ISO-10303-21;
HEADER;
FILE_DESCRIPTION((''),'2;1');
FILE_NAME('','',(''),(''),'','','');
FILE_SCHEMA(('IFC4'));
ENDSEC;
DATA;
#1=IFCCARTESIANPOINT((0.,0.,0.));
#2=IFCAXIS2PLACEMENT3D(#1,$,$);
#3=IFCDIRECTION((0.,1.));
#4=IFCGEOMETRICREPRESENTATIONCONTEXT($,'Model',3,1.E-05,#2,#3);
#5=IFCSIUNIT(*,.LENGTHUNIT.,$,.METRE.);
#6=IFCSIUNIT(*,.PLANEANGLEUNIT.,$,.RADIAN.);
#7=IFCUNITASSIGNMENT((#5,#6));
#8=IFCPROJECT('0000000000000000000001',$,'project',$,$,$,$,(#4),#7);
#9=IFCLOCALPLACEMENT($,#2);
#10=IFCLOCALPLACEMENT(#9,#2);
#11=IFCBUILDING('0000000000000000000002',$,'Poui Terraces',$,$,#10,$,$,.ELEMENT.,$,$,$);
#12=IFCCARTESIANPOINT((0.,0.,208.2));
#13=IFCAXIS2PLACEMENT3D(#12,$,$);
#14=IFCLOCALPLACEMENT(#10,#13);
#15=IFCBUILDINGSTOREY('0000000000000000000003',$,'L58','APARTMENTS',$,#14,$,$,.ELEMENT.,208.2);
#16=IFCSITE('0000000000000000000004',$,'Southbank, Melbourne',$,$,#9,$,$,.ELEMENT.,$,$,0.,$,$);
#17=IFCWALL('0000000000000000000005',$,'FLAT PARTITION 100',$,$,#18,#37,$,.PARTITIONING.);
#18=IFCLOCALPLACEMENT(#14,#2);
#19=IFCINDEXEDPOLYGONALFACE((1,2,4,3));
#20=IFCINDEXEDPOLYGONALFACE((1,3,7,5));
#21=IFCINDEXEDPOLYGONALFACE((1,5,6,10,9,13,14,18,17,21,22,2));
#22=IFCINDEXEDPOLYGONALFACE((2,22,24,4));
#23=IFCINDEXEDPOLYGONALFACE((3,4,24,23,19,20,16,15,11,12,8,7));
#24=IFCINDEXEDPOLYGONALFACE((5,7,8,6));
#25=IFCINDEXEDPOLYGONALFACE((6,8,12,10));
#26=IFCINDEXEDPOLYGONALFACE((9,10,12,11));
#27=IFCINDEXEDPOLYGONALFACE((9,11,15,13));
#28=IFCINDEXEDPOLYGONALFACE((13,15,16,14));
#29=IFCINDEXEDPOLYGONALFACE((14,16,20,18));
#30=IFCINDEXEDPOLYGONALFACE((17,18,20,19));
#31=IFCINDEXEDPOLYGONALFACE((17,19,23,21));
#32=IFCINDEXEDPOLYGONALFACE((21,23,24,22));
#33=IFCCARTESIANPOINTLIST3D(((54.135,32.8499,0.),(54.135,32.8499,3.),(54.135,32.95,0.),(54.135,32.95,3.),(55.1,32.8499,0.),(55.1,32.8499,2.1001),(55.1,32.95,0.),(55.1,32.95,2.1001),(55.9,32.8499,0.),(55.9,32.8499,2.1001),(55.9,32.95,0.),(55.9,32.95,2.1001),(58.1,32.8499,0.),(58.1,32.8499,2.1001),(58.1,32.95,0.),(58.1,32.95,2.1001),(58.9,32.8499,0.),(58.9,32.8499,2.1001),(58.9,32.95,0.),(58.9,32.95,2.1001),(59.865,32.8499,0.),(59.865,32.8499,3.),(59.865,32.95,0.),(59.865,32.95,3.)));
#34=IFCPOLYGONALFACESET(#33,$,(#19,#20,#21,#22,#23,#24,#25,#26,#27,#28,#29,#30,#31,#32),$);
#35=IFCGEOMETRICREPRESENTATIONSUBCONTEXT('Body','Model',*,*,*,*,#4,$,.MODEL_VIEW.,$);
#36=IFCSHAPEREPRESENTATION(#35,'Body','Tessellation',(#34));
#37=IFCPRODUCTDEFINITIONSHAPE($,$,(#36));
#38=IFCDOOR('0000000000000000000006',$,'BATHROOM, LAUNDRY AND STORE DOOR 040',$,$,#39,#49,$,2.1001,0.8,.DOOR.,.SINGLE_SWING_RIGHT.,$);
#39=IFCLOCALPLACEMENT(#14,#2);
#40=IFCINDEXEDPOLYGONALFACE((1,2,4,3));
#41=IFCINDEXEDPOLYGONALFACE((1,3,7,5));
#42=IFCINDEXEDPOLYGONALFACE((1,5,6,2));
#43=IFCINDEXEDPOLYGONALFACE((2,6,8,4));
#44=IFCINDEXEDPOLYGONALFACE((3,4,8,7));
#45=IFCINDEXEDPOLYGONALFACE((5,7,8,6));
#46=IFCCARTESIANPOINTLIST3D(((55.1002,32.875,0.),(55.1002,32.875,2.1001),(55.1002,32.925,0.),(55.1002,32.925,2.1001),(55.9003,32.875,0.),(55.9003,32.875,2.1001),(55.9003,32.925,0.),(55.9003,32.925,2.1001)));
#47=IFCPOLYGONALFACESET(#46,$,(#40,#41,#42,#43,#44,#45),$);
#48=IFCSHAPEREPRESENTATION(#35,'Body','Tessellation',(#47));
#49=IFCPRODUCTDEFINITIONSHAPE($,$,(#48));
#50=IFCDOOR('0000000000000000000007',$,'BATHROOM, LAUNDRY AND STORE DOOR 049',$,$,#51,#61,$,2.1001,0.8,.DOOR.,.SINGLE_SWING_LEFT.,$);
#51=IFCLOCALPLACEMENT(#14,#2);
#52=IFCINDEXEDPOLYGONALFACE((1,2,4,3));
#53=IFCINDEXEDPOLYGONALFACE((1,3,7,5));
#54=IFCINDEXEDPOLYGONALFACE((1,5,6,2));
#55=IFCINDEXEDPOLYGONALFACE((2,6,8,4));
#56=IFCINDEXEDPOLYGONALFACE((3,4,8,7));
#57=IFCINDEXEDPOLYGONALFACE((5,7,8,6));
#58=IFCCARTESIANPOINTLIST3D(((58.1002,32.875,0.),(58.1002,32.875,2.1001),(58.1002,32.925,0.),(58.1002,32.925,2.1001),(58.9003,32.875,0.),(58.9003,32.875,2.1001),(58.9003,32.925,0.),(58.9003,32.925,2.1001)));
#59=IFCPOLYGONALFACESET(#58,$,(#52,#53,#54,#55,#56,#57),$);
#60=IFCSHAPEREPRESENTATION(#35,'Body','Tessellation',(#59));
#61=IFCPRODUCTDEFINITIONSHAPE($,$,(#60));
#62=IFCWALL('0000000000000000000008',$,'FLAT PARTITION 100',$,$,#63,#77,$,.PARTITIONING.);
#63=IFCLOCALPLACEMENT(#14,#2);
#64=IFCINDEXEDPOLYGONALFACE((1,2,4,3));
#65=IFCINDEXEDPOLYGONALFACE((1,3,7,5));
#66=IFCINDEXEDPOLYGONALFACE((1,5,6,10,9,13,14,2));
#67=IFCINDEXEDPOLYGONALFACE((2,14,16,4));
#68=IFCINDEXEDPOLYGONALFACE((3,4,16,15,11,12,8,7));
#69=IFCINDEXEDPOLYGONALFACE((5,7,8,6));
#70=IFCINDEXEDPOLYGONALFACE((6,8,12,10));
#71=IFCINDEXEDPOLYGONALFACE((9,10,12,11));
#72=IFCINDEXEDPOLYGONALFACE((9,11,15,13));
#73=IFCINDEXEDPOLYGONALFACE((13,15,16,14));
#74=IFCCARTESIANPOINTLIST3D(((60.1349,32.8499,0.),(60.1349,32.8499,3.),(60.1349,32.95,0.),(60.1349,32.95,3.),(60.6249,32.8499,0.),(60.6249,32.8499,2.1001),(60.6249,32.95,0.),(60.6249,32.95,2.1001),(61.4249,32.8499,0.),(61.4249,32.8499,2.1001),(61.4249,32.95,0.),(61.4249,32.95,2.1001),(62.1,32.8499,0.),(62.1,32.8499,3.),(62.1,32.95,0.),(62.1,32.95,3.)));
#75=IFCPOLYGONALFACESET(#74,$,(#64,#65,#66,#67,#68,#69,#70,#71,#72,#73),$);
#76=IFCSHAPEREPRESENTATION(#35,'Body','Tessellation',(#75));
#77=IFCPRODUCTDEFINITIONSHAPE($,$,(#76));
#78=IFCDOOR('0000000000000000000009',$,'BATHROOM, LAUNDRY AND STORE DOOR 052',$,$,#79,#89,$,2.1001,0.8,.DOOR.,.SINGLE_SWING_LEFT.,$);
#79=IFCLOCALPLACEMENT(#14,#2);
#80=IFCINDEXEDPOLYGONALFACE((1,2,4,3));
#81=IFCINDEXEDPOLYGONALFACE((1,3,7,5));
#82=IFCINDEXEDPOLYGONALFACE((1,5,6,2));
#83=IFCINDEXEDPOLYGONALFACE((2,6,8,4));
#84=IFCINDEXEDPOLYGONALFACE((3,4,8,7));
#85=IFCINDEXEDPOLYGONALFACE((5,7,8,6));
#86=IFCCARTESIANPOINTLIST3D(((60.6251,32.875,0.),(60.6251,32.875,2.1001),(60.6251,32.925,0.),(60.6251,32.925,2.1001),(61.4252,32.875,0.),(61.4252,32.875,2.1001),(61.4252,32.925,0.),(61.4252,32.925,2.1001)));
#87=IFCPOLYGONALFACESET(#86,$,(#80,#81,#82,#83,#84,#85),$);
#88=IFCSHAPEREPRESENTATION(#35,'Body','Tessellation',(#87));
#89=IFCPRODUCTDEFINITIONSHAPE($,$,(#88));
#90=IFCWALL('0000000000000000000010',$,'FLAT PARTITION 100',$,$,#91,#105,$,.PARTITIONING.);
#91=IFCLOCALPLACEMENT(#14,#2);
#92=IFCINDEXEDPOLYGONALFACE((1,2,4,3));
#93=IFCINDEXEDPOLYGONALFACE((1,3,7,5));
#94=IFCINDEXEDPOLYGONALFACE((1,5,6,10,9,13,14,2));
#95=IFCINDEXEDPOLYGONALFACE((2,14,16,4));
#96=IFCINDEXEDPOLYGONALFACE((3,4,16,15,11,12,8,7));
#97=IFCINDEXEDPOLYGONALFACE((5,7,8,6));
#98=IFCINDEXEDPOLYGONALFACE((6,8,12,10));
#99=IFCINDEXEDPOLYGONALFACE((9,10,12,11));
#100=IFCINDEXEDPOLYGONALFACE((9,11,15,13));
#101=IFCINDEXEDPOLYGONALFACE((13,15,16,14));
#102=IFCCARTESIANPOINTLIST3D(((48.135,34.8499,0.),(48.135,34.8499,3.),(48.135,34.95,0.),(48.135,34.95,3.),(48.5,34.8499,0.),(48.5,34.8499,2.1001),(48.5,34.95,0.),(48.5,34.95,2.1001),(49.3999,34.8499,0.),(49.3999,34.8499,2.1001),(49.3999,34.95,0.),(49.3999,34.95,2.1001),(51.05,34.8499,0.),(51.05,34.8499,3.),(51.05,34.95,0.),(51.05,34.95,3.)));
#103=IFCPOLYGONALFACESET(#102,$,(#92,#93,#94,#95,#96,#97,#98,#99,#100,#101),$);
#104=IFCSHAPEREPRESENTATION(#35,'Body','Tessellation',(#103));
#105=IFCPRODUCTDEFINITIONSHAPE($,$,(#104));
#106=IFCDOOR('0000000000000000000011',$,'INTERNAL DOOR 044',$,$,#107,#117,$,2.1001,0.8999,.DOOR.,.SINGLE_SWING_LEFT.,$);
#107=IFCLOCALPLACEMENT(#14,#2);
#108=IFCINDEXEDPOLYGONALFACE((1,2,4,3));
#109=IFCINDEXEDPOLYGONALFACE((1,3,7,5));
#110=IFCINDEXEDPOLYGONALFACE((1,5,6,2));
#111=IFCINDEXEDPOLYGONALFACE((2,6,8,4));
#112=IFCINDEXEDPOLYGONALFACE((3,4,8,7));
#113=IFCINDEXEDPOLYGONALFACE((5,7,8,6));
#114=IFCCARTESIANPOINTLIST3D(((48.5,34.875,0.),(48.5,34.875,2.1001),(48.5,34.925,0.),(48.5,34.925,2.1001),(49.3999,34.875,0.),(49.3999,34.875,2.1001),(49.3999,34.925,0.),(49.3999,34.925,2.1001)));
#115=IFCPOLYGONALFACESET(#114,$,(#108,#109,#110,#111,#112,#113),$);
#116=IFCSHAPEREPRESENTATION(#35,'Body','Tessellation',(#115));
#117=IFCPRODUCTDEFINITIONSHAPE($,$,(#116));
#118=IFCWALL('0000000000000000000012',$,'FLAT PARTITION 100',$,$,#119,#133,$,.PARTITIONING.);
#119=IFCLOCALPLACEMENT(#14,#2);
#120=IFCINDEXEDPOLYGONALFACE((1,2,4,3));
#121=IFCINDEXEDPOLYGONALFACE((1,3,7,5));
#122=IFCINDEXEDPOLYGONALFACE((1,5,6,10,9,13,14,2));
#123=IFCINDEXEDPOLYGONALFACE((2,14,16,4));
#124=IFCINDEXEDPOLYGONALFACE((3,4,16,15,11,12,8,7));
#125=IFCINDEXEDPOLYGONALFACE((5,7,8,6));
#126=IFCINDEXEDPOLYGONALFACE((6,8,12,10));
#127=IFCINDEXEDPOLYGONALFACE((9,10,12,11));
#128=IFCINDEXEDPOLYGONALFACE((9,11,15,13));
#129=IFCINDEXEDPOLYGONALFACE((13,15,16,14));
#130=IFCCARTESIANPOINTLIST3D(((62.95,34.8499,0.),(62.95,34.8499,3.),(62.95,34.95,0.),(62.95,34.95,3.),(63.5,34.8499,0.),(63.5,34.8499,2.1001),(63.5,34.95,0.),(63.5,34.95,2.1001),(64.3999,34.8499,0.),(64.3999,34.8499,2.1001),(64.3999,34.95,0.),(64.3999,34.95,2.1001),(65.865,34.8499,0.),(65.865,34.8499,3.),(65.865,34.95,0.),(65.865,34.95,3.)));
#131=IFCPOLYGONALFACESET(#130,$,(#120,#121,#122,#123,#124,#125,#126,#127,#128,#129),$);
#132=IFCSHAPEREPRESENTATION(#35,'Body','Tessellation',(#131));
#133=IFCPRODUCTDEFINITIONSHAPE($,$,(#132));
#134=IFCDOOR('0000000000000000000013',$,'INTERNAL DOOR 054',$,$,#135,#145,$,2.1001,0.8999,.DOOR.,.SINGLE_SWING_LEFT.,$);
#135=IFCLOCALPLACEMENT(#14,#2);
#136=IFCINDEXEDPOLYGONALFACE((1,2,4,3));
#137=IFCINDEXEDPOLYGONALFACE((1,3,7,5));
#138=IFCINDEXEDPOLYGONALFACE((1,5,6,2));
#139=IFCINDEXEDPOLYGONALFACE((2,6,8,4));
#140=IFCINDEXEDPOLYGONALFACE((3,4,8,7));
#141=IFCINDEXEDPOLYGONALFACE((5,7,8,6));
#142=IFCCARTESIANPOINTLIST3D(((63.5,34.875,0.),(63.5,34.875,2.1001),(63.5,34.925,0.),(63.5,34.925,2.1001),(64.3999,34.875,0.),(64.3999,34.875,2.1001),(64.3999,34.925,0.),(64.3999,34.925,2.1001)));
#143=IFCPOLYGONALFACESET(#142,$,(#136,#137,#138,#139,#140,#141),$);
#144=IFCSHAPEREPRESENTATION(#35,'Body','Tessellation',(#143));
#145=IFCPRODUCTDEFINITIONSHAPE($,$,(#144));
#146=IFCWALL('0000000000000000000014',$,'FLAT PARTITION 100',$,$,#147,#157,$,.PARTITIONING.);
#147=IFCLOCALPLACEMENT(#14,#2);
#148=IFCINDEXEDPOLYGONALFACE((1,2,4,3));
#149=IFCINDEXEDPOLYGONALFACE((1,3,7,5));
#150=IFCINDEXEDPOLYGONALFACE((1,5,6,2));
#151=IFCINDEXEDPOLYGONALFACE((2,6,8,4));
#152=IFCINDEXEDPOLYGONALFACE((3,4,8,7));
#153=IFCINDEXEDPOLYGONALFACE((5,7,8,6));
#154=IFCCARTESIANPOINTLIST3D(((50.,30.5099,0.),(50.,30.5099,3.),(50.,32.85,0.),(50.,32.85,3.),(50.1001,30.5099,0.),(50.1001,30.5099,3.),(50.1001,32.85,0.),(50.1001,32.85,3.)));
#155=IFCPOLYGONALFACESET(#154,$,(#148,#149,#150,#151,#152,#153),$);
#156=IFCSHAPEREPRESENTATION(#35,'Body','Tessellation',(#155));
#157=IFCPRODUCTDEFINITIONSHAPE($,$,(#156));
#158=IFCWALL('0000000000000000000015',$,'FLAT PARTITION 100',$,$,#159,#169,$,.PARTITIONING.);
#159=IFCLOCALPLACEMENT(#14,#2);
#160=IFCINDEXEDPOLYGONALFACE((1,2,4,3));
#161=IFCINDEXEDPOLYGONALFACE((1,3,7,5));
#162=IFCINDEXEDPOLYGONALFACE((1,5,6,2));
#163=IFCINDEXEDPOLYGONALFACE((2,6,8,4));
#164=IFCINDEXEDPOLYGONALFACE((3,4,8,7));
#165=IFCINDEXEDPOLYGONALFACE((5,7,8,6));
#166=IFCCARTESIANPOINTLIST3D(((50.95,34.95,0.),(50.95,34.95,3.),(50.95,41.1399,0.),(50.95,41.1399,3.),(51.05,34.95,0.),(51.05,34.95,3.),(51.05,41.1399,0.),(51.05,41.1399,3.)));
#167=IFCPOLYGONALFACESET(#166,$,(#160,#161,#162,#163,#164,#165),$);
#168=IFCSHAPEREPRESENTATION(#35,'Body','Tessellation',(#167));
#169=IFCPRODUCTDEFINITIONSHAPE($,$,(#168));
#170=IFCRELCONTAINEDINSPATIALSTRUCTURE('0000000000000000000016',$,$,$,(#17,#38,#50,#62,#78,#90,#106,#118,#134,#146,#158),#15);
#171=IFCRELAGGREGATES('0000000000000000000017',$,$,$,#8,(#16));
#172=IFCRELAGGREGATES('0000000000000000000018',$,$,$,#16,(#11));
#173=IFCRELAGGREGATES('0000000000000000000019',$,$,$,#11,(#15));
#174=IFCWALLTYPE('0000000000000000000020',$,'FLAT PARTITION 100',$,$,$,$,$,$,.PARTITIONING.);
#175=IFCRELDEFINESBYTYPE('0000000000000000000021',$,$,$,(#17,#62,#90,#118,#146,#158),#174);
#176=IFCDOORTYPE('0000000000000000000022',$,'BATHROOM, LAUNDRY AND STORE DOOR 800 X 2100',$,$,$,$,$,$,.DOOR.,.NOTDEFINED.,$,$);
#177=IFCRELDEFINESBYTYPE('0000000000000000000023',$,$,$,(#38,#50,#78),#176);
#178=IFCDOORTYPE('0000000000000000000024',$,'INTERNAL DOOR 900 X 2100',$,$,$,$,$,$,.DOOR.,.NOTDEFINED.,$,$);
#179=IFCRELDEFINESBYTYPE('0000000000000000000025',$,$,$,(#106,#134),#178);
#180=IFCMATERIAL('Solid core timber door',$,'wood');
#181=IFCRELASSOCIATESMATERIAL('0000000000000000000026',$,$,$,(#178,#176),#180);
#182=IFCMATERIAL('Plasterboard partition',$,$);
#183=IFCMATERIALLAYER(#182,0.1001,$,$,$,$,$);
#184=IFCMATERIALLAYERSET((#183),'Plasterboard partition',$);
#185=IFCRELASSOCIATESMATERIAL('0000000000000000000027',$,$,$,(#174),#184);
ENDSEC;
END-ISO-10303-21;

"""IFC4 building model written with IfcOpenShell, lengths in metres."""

from ifc_helpers import new_model, si_unit, direction, frame, frame_2d, origin, place, context, subcontext, project, spatial, rectangle, extrude, material, layer, layer_set, type_object, element, fill, save


model = new_model("IFC4")

# Units and contexts
model_context = context("Model", 3, precision=1e-05, world=origin(), true_north=direction((0.0, 1.0)))
body_context = subcontext(model_context, "Body", "Model", "MODEL_VIEW")
ifc_project = project(units=[si_unit("LENGTHUNIT", "METRE"), si_unit("PLANEANGLEUNIT", "RADIAN")], contexts=[model_context])

# Site, building, storey
site_placement = place(None, origin())
site = spatial("IfcSite", under=ifc_project, at=site_placement, Name="Southbank, Melbourne", CompositionType="ELEMENT", RefElevation=0.0)
building_placement = place(site_placement, origin())
building = spatial("IfcBuilding", under=site, at=building_placement, Name="Poui Terraces", CompositionType="ELEMENT")
storey_placement = place(building_placement, frame((0.0, 0.0, 208.2)))
storey = spatial("IfcBuildingStorey", under=building, at=storey_placement, Name="L58", Description="APARTMENTS", CompositionType="ELEMENT", Elevation=208.2)

# Shared definitions
ifc_material_1 = material(Name="Solid core timber door", Category="wood")
door_type_1 = type_object("IfcDoorType", Name="INTERNAL DOOR 900 X 2100", OperationType="NOTDEFINED", PredefinedType="DOOR", material=ifc_material_1)
ifc_material_2 = material(Name="Plasterboard partition")
ifc_layer_1 = layer(ifc_material_2, 0.1001)
ifc_layer_set_1 = layer_set([ifc_layer_1], Name="Plasterboard partition")
wall_type_1 = type_object("IfcWallType", Name="FLAT PARTITION 100", PredefinedType="PARTITIONING", material=ifc_layer_set_1)
door_type_2 = type_object("IfcDoorType", Name="BATHROOM, LAUNDRY AND STORE DOOR 800 X 2100", OperationType="NOTDEFINED", PredefinedType="DOOR", material=ifc_material_1)

# Wall, openings, doors
wall_1_placement = place(storey_placement, frame((54.135, 32.8999, 0.0), z_axis=(0.0, 0.0, 1.0), x_axis=(1.0, 0.0, 0.0)))
wall_1 = element("IfcWall", 1, at=wall_1_placement, inside=storey, type_object=wall_type_1, Name="FLAT PARTITION 100", PredefinedType="PARTITIONING", context=body_context, shape_type="SweptSolid", body=[
    extrude(rectangle(XDim=5.73, YDim=0.1001, at=frame_2d((2.865, 0.0))), origin(), (0.0, 0.0, 1.0), 3.0),
])
opening_1_placement = place(wall_1_placement, frame((0.9651, 0.0, 0.0)))
opening_1 = element("IfcOpeningElement", 2, at=opening_1_placement, cuts=wall_1, PredefinedType="OPENING", context=body_context, shape_type="SweptSolid", body=[
    extrude(rectangle(XDim=0.8, YDim=2.1001, at=frame_2d((0.3999, 1.05))), frame((0.0, 0.0601, 0.0), z_axis=(0.0, -1.0, 0.0), x_axis=(1.0, 0.0, 0.0)), (0.0, 0.0, 1.0), 0.1201),
])
opening_2_placement = place(wall_1_placement, frame((3.9651, 0.0, 0.0)))
opening_2 = element("IfcOpeningElement", 3, at=opening_2_placement, cuts=wall_1, PredefinedType="OPENING", context=body_context, shape_type="SweptSolid", body=[
    extrude(rectangle(XDim=0.8, YDim=2.1001, at=frame_2d((0.3999, 1.05))), frame((0.0, 0.0601, 0.0), z_axis=(0.0, -1.0, 0.0), x_axis=(1.0, 0.0, 0.0)), (0.0, 0.0, 1.0), 0.1201),
])
door_1_placement = place(opening_1_placement, frame((0.8, 0.0, 0.0), z_axis=(0.0, 0.0, 1.0), x_axis=(-1.0, 0.0, 0.0)))
door_1 = element("IfcDoor", 4, at=door_1_placement, inside=storey, type_object=door_type_2, Name="BATHROOM, LAUNDRY AND STORE DOOR 040", OperationType="SINGLE_SWING_RIGHT", OverallHeight=2.1001, OverallWidth=0.8, PredefinedType="DOOR", context=body_context, shape_type="SweptSolid", body=[
    extrude(rectangle(XDim=0.8, YDim=2.1001, at=frame_2d((0.3999, 1.05))), frame((0.0, 0.0249, 0.0), z_axis=(0.0, -1.0, 0.0), x_axis=(1.0, 0.0, 0.0)), (0.0, 0.0, 1.0), 0.05),
])
fill(opening_1, door_1)
door_2_placement = place(opening_2_placement, frame((0.8, 0.0, 0.0), z_axis=(0.0, 0.0, 1.0), x_axis=(-1.0, 0.0, 0.0)))
door_2 = element("IfcDoor", 5, at=door_2_placement, inside=storey, type_object=door_type_2, Name="BATHROOM, LAUNDRY AND STORE DOOR 049", OperationType="SINGLE_SWING_LEFT", OverallHeight=2.1001, OverallWidth=0.8, PredefinedType="DOOR", context=body_context, shape_type="SweptSolid", body=[
    extrude(rectangle(XDim=0.8, YDim=2.1001, at=frame_2d((0.3999, 1.05))), frame((0.0, 0.0249, 0.0), z_axis=(0.0, -1.0, 0.0), x_axis=(1.0, 0.0, 0.0)), (0.0, 0.0, 1.0), 0.05),
])
fill(opening_2, door_2)

# Walls, openings, doors
wall_2_placement = place(storey_placement, frame((60.135, 32.8999, 0.0), z_axis=(0.0, 0.0, 1.0), x_axis=(1.0, 0.0, 0.0)))
wall_2 = element("IfcWall", 6, at=wall_2_placement, inside=storey, type_object=wall_type_1, Name="FLAT PARTITION 100", PredefinedType="PARTITIONING", context=body_context, shape_type="SweptSolid", body=[
    extrude(rectangle(XDim=1.9651, YDim=0.1001, at=frame_2d((0.9824, 0.0))), origin(), (0.0, 0.0, 1.0), 3.0),
])
opening_3_placement = place(wall_2_placement, frame((0.49, 0.0, 0.0)))
opening_3 = element("IfcOpeningElement", 7, at=opening_3_placement, cuts=wall_2, PredefinedType="OPENING", context=body_context, shape_type="SweptSolid", body=[
    extrude(rectangle(XDim=0.8, YDim=2.1001, at=frame_2d((0.3999, 1.05))), frame((0.0, 0.0601, 0.0), z_axis=(0.0, -1.0, 0.0), x_axis=(1.0, 0.0, 0.0)), (0.0, 0.0, 1.0), 0.1201),
])
door_3_placement = place(opening_3_placement, frame((0.8, 0.0, 0.0), z_axis=(0.0, 0.0, 1.0), x_axis=(-1.0, 0.0, 0.0)))
door_3 = element("IfcDoor", 8, at=door_3_placement, inside=storey, type_object=door_type_2, Name="BATHROOM, LAUNDRY AND STORE DOOR 052", OperationType="SINGLE_SWING_LEFT", OverallHeight=2.1001, OverallWidth=0.8, PredefinedType="DOOR", context=body_context, shape_type="SweptSolid", body=[
    extrude(rectangle(XDim=0.8, YDim=2.1001, at=frame_2d((0.3999, 1.05))), frame((0.0, 0.0249, 0.0), z_axis=(0.0, -1.0, 0.0), x_axis=(1.0, 0.0, 0.0)), (0.0, 0.0, 1.0), 0.05),
])
fill(opening_3, door_3)
wall_3_placement = place(storey_placement, frame((48.135, 34.8999, 0.0), z_axis=(0.0, 0.0, 1.0), x_axis=(1.0, 0.0, 0.0)))
wall_3 = element("IfcWall", 9, at=wall_3_placement, inside=storey, type_object=wall_type_1, Name="FLAT PARTITION 100", PredefinedType="PARTITIONING", context=body_context, shape_type="SweptSolid", body=[
    extrude(rectangle(XDim=2.915, YDim=0.1001, at=frame_2d((1.4575, 0.0))), origin(), (0.0, 0.0, 1.0), 3.0),
])
opening_4_placement = place(wall_3_placement, frame((0.365, 0.0, 0.0)))
opening_4 = element("IfcOpeningElement", 10, at=opening_4_placement, cuts=wall_3, PredefinedType="OPENING", context=body_context, shape_type="SweptSolid", body=[
    extrude(rectangle(XDim=0.8999, YDim=2.1001, at=frame_2d((0.45, 1.05))), frame((0.0, 0.0601, 0.0), z_axis=(0.0, -1.0, 0.0), x_axis=(1.0, 0.0, 0.0)), (0.0, 0.0, 1.0), 0.1201),
])
door_4_placement = place(opening_4_placement, frame((0.8999, 0.0, 0.0), z_axis=(0.0, 0.0, 1.0), x_axis=(-1.0, 0.0, 0.0)))
door_4 = element("IfcDoor", 11, at=door_4_placement, inside=storey, type_object=door_type_1, Name="INTERNAL DOOR 044", OperationType="SINGLE_SWING_LEFT", OverallHeight=2.1001, OverallWidth=0.8999, PredefinedType="DOOR", context=body_context, shape_type="SweptSolid", body=[
    extrude(rectangle(XDim=0.8999, YDim=2.1001, at=frame_2d((0.45, 1.05))), frame((0.0, 0.0249, 0.0), z_axis=(0.0, -1.0, 0.0), x_axis=(1.0, 0.0, 0.0)), (0.0, 0.0, 1.0), 0.05),
])
fill(opening_4, door_4)
wall_4_placement = place(storey_placement, frame((62.95, 34.8999, 0.0), z_axis=(0.0, 0.0, 1.0), x_axis=(1.0, 0.0, 0.0)))
wall_4 = element("IfcWall", 12, at=wall_4_placement, inside=storey, type_object=wall_type_1, Name="FLAT PARTITION 100", PredefinedType="PARTITIONING", context=body_context, shape_type="SweptSolid", body=[
    extrude(rectangle(XDim=2.915, YDim=0.1001, at=frame_2d((1.4575, 0.0))), origin(), (0.0, 0.0, 1.0), 3.0),
])
opening_5_placement = place(wall_4_placement, frame((0.55, 0.0, 0.0)))
opening_5 = element("IfcOpeningElement", 13, at=opening_5_placement, cuts=wall_4, PredefinedType="OPENING", context=body_context, shape_type="SweptSolid", body=[
    extrude(rectangle(XDim=0.8999, YDim=2.1001, at=frame_2d((0.45, 1.05))), frame((0.0, 0.0601, 0.0), z_axis=(0.0, -1.0, 0.0), x_axis=(1.0, 0.0, 0.0)), (0.0, 0.0, 1.0), 0.1201),
])
door_5_placement = place(opening_5_placement, frame((0.8999, 0.0, 0.0), z_axis=(0.0, 0.0, 1.0), x_axis=(-1.0, 0.0, 0.0)))
door_5 = element("IfcDoor", 14, at=door_5_placement, inside=storey, type_object=door_type_1, Name="INTERNAL DOOR 054", OperationType="SINGLE_SWING_LEFT", OverallHeight=2.1001, OverallWidth=0.8999, PredefinedType="DOOR", context=body_context, shape_type="SweptSolid", body=[
    extrude(rectangle(XDim=0.8999, YDim=2.1001, at=frame_2d((0.45, 1.05))), frame((0.0, 0.0249, 0.0), z_axis=(0.0, -1.0, 0.0), x_axis=(1.0, 0.0, 0.0)), (0.0, 0.0, 1.0), 0.05),
])
fill(opening_5, door_5)

# Walls
wall_5_placement = place(storey_placement, frame((50.05, 30.51, 0.0), z_axis=(0.0, 0.0, 1.0), x_axis=(0.0, 1.0, 0.0)))
element("IfcWall", 15, at=wall_5_placement, inside=storey, type_object=wall_type_1, Name="FLAT PARTITION 100", PredefinedType="PARTITIONING", context=body_context, shape_type="SweptSolid", body=[
    extrude(rectangle(XDim=2.3401, YDim=0.1001, at=frame_2d((1.1699, 0.0))), origin(), (0.0, 0.0, 1.0), 3.0),
])
wall_6_placement = place(storey_placement, frame((51.0, 34.95, 0.0), z_axis=(0.0, 0.0, 1.0), x_axis=(0.0, 1.0, 0.0)))
element("IfcWall", 16, at=wall_6_placement, inside=storey, type_object=wall_type_1, Name="FLAT PARTITION 100", PredefinedType="PARTITIONING", context=body_context, shape_type="SweptSolid", body=[
    extrude(rectangle(XDim=6.1899, YDim=0.1001, at=frame_2d((3.095, 0.0))), origin(), (0.0, 0.0, 1.0), 3.0),
])

save(model, "model.ifc")
